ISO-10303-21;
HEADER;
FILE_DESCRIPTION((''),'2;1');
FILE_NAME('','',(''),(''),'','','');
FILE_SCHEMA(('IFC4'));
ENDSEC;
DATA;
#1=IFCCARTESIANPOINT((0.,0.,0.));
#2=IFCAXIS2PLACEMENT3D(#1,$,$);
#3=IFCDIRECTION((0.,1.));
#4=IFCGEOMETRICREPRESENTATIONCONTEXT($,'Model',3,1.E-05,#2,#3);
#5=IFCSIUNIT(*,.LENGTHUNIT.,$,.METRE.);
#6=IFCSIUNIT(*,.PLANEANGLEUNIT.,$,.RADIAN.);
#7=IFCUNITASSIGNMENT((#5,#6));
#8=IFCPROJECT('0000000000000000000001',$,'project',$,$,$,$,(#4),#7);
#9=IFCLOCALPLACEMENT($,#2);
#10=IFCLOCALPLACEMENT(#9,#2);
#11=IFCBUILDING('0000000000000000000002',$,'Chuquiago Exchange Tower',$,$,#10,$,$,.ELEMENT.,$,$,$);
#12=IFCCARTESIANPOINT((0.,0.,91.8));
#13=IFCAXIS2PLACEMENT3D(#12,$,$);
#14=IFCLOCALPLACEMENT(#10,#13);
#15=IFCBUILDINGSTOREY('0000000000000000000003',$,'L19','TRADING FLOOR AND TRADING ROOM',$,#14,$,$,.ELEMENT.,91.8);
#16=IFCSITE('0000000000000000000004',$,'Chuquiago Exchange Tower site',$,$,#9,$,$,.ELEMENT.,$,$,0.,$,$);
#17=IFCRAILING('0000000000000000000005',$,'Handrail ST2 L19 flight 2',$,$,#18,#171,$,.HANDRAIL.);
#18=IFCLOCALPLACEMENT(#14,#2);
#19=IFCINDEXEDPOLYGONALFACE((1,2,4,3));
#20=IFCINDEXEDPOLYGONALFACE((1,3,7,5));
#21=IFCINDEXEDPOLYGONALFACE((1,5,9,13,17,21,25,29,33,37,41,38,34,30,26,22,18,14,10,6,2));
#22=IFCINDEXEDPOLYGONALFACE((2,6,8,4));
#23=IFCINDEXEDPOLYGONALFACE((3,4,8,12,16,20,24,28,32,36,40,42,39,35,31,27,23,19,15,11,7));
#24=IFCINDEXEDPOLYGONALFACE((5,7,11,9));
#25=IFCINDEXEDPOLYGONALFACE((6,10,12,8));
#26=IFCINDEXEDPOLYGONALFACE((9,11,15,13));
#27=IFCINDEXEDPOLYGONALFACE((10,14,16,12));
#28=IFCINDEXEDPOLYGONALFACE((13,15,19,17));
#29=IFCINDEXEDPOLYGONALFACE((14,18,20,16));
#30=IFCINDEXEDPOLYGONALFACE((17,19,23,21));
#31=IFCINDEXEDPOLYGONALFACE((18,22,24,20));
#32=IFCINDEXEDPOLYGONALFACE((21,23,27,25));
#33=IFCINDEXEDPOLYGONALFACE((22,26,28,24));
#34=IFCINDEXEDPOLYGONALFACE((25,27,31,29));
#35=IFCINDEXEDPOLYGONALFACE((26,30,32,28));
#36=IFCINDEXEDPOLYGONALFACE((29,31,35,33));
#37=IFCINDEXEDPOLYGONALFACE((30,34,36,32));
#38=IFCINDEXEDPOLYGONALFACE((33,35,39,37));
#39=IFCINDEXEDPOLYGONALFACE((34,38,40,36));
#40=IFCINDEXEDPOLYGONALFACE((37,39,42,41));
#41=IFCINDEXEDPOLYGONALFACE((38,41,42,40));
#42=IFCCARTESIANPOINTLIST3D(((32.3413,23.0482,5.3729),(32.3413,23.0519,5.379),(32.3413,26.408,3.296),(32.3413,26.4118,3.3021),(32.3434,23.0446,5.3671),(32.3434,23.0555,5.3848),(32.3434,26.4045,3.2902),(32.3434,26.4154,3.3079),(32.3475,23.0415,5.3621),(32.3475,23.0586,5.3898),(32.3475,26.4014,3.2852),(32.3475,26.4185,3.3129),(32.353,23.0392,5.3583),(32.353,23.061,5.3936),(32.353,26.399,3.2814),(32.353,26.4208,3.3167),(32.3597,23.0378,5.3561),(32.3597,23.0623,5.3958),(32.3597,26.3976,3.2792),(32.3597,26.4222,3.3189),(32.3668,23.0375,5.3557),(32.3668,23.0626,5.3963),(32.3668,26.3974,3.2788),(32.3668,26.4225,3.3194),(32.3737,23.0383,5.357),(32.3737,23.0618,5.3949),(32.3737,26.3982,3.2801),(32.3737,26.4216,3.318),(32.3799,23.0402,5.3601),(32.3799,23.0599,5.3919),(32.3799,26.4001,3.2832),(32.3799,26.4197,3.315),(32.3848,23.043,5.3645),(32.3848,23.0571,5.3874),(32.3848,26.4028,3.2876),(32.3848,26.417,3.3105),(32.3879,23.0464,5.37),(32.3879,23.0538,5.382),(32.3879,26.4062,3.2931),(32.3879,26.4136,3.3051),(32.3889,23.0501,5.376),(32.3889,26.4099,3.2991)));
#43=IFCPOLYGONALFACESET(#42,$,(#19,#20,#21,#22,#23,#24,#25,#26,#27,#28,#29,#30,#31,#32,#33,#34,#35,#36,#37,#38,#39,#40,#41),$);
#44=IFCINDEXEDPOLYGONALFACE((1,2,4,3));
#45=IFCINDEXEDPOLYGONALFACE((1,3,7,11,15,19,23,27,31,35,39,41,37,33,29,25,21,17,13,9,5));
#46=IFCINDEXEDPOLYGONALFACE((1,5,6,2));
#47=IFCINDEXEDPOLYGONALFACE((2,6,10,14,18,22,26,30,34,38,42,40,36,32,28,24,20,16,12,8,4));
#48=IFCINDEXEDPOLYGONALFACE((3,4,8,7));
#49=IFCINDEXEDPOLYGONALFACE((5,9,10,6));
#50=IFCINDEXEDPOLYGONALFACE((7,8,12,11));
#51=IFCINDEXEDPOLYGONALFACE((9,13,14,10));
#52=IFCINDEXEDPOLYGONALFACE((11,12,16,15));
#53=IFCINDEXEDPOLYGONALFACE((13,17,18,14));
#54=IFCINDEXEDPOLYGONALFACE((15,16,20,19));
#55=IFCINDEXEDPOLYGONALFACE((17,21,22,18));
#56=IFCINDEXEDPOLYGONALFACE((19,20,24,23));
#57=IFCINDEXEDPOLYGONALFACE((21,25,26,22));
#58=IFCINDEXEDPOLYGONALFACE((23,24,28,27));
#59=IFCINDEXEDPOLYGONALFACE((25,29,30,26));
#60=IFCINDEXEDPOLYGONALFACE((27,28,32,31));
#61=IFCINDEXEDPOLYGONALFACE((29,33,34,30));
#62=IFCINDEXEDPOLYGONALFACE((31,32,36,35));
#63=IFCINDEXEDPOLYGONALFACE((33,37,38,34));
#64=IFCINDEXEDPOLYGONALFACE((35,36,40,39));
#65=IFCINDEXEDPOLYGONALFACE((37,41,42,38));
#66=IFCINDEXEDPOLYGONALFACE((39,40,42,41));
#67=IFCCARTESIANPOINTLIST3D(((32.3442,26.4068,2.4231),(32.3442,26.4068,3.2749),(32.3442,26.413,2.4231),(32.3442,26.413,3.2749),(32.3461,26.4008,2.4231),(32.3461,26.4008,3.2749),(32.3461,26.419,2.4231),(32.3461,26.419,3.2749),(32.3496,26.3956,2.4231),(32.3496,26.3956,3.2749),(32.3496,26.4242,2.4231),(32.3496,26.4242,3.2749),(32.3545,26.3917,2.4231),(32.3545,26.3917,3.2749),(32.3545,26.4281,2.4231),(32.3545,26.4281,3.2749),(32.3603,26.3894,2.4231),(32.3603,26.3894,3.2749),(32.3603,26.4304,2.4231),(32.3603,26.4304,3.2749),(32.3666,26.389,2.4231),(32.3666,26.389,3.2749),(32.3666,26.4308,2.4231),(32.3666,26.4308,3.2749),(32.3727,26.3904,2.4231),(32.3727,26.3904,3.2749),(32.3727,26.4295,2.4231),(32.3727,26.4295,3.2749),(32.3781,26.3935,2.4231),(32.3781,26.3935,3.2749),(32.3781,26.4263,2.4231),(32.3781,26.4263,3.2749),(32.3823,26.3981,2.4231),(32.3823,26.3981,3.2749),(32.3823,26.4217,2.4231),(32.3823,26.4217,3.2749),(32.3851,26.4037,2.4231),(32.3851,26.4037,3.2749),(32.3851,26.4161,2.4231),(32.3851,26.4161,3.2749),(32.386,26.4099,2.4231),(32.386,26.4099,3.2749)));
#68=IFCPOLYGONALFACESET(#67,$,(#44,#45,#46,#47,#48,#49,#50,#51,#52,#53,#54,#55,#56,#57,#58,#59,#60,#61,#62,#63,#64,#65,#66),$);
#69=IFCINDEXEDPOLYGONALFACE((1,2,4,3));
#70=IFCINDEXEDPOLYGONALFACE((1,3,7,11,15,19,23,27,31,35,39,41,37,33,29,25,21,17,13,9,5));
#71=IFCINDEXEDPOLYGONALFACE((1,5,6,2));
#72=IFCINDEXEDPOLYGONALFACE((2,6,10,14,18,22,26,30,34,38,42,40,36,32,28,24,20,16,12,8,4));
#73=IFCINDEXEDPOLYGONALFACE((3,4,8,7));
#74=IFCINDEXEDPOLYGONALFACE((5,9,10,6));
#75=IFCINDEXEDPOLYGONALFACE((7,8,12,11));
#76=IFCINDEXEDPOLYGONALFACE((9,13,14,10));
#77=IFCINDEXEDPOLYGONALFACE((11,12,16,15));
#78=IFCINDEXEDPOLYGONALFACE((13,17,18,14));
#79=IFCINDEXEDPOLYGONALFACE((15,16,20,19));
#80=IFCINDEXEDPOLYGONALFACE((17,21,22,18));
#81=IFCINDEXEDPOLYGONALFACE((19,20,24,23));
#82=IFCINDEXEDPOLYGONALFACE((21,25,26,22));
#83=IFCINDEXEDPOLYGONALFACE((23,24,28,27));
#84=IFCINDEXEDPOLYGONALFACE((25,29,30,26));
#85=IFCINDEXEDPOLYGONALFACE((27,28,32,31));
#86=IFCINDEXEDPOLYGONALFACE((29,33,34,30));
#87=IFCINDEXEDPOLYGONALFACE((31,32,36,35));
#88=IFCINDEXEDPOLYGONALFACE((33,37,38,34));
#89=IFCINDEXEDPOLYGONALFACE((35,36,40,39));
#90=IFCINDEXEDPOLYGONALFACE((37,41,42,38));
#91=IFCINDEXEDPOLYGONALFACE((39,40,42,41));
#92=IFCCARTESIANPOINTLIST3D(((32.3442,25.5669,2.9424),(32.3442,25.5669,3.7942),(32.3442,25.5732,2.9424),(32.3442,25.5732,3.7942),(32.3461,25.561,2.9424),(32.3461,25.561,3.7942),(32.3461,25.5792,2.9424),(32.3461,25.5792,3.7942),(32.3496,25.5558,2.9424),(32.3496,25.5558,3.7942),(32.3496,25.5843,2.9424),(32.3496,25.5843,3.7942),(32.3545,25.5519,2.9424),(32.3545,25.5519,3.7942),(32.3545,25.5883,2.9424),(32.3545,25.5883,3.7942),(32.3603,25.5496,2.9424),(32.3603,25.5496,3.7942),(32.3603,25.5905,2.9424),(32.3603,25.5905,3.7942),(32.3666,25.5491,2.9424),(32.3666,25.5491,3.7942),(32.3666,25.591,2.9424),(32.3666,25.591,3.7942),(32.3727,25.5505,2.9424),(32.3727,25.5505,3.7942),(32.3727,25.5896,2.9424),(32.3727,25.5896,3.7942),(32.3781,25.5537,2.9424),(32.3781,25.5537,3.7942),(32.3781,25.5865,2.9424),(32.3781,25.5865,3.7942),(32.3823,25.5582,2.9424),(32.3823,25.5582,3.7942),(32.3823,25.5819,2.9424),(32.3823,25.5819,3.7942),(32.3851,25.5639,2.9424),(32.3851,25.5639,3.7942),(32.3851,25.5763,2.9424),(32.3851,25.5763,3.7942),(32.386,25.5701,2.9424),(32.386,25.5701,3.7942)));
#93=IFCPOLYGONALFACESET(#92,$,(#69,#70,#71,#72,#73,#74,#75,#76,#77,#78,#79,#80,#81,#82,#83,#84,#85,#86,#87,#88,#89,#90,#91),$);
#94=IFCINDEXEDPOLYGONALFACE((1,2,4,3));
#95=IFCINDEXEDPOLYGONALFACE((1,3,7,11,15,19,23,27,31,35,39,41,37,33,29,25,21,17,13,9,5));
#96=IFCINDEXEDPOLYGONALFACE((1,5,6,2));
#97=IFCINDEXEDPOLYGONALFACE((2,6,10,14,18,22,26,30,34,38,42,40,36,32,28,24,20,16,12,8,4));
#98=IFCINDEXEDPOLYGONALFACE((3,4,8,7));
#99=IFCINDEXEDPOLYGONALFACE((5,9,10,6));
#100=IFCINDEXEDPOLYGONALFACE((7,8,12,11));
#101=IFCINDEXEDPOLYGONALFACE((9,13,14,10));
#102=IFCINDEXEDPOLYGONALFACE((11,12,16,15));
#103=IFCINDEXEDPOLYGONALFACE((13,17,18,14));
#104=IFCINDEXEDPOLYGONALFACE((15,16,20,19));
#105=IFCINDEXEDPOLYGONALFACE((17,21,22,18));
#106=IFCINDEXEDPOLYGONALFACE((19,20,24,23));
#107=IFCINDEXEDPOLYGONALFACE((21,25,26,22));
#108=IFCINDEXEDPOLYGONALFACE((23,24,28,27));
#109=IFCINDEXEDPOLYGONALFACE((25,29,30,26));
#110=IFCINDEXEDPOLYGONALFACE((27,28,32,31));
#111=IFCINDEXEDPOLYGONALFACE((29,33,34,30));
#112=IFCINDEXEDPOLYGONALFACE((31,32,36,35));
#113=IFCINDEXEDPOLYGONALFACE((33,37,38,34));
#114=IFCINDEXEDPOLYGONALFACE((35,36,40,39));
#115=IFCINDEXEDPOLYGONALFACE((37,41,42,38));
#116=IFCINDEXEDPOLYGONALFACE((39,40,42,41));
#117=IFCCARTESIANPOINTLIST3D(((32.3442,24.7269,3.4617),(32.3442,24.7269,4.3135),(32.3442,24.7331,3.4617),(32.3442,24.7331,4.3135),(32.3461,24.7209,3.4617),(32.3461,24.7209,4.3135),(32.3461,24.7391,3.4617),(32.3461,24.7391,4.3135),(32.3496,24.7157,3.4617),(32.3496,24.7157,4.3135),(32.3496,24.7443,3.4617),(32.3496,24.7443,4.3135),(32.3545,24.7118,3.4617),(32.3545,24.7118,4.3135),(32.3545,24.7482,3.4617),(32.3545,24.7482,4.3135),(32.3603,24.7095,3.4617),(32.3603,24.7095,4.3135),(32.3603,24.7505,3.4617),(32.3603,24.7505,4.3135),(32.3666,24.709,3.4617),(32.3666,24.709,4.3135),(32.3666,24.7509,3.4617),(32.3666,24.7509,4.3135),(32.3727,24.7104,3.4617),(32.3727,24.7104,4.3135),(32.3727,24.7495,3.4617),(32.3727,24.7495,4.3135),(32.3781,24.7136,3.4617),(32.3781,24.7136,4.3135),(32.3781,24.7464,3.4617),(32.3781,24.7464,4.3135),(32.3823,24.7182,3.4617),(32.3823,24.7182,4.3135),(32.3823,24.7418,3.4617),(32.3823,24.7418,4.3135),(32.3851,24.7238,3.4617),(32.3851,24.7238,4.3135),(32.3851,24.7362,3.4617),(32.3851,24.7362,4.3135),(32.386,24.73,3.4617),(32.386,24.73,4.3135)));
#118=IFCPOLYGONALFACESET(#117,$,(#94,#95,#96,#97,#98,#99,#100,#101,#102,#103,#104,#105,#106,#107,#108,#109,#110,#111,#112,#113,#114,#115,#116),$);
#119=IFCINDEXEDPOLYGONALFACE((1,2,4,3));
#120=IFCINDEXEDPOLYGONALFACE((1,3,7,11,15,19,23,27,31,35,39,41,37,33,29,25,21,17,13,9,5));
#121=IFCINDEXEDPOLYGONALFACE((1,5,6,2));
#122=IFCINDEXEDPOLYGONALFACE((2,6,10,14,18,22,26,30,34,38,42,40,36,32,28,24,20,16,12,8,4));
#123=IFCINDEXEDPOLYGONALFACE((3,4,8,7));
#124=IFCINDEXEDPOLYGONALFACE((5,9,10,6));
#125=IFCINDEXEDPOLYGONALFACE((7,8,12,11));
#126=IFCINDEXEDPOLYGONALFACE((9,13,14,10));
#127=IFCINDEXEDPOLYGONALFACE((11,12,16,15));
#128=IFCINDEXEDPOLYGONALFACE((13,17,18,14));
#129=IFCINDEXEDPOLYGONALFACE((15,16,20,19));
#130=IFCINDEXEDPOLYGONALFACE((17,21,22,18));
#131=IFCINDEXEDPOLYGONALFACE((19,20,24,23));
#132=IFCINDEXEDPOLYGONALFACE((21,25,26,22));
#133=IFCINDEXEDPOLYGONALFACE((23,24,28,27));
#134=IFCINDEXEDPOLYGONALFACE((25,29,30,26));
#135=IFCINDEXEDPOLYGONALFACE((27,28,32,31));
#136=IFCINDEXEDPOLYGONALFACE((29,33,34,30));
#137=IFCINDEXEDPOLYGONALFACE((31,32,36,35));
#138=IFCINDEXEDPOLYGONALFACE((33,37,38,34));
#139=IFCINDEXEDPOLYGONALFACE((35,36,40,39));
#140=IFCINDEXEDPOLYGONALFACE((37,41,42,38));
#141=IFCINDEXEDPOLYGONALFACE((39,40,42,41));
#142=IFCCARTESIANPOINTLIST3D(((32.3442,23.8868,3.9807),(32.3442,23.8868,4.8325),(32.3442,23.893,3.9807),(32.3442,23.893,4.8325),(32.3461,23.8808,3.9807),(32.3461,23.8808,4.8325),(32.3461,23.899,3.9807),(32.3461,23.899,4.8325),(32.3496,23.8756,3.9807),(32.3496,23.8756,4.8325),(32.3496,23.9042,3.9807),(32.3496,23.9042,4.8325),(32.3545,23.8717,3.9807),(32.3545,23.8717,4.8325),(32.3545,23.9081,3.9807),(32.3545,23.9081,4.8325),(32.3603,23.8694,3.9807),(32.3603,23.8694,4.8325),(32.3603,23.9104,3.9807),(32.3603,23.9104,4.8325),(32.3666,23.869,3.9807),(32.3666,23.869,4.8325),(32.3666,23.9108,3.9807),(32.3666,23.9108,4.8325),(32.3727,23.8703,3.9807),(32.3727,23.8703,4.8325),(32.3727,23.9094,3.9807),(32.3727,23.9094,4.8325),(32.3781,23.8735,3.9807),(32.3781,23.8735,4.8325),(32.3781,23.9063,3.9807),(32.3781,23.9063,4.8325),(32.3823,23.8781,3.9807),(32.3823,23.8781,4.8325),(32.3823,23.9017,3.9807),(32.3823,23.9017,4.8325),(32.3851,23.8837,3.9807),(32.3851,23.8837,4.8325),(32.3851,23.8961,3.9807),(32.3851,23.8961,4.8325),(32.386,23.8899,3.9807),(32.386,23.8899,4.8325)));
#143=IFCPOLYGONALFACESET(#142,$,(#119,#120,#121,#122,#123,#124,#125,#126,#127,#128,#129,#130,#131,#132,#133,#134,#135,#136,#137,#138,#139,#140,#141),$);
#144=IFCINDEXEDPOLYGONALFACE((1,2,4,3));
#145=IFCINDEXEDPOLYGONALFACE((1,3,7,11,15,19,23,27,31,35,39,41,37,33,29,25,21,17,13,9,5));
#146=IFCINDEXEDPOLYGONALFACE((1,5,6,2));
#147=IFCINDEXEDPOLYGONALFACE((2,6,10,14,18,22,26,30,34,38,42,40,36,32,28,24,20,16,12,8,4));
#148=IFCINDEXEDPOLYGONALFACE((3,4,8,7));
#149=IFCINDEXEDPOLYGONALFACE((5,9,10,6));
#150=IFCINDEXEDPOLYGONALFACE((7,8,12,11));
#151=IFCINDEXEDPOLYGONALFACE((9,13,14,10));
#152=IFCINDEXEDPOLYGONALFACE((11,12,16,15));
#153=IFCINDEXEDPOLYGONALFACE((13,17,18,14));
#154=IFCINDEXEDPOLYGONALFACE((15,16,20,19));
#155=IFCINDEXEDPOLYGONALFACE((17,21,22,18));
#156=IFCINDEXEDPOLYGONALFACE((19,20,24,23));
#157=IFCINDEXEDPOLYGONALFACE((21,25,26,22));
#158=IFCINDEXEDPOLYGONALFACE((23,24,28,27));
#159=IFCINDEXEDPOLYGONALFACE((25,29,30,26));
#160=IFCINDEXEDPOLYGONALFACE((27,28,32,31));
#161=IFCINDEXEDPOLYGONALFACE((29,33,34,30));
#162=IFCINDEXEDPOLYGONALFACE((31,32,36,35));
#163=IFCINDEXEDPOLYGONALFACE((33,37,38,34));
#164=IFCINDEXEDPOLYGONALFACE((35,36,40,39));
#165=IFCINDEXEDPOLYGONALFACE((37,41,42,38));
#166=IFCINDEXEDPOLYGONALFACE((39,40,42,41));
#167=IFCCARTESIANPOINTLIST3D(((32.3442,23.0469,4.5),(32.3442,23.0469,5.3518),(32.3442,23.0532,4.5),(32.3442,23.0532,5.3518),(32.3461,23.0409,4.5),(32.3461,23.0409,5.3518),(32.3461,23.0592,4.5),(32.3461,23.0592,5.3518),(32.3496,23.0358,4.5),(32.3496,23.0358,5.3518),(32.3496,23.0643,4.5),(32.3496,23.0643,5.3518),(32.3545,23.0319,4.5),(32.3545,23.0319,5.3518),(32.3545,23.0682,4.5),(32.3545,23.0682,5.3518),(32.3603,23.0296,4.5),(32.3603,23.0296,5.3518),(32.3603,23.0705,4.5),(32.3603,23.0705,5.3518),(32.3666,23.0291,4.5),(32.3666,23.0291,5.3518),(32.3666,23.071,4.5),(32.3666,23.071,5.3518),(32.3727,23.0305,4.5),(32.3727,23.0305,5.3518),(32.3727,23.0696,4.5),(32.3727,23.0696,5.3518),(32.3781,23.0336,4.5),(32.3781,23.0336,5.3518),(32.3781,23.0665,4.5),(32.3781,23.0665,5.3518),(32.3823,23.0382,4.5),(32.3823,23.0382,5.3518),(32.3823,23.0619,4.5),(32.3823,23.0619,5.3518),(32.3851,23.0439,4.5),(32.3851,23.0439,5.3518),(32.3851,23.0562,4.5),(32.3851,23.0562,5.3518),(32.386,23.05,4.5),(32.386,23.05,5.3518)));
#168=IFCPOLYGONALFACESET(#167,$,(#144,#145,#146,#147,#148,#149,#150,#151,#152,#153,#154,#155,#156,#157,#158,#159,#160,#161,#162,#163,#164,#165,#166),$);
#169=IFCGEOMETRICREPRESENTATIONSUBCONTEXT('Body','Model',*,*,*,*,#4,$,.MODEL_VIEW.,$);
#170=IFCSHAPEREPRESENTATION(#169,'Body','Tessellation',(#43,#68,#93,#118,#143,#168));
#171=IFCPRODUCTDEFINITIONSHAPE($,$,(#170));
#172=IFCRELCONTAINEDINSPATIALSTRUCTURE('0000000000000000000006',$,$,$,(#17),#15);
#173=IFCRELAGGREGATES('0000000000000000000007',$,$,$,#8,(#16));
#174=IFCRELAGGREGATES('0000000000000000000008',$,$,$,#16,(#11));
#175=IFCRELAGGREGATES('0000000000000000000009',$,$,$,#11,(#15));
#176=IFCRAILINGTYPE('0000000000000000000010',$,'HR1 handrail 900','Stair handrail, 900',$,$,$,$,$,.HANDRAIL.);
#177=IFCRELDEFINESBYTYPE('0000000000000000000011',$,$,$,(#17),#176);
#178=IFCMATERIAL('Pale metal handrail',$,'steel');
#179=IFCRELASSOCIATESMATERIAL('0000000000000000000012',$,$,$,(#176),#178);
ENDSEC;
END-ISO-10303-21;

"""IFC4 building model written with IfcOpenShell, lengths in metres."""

from ifc_helpers import new_model, si_unit, direction, frame, origin, origin_2d, place, context, subcontext, project, spatial, circle, extrude, material, type_object, element, save


model = new_model("IFC4")

# Units and contexts
model_context = context("Model", 3, precision=1e-05, world=origin(), true_north=direction((0.0, 1.0)))
body_context = subcontext(model_context, "Body", "Model", "MODEL_VIEW")
ifc_project = project(units=[si_unit("LENGTHUNIT", "METRE"), si_unit("PLANEANGLEUNIT", "RADIAN")], contexts=[model_context])

# Site, building, storey
site_placement = place(None, origin())
site = spatial("IfcSite", under=ifc_project, at=site_placement, Name="Chuquiago Exchange Tower site", CompositionType="ELEMENT", RefElevation=0.0)
building_placement = place(site_placement, origin())
building = spatial("IfcBuilding", under=site, at=building_placement, Name="Chuquiago Exchange Tower", CompositionType="ELEMENT")
storey_placement = place(building_placement, frame((0.0, 0.0, 91.8)))
storey = spatial("IfcBuildingStorey", under=building, at=storey_placement, Name="L19", Description="TRADING FLOOR AND TRADING ROOM", CompositionType="ELEMENT", Elevation=91.8)

# Railing
ifc_material_1 = material(Name="Pale metal handrail", Category="steel")
railing_type_1 = type_object("IfcRailingType", Name="HR1 handrail 900", Description="Stair handrail, 900", PredefinedType="HANDRAIL", material=ifc_material_1)
for number, where, name in (
    (1, (32.365, 26.4099, 2.4231), "Handrail ST2 L19 flight 2"),
):
    element("IfcRailing", number, at=place(storey_placement, frame(where)), inside=storey, type_object=railing_type_1, Name=name, PredefinedType="HANDRAIL", context=body_context, shape_type="SweptSolid", body=[
        extrude(circle(Radius=0.0239, at=origin_2d()), frame((0.0, 0.0, 0.876), z_axis=(0.0, -0.850606, 0.525803), x_axis=(1.0, 0.0, 0.0)), (0.0, 0.0, 1.0), 3.95),
        extrude(circle(Radius=0.021, at=origin_2d()), origin(), (0.0, 0.0, 1.0), 0.8518),
        extrude(circle(Radius=0.021, at=origin_2d()), frame((0.0, -0.8398, 0.5193)), (0.0, 0.0, 1.0), 0.8518),
        extrude(circle(Radius=0.021, at=origin_2d()), frame((0.0, -1.6799, 1.0386)), (0.0, 0.0, 1.0), 0.8518),
        extrude(circle(Radius=0.021, at=origin_2d()), frame((0.0, -2.52, 1.5576)), (0.0, 0.0, 1.0), 0.8518),
        extrude(circle(Radius=0.021, at=origin_2d()), frame((0.0, -3.3599, 2.0769)), (0.0, 0.0, 1.0), 0.8518),
    ])

save(model, "model.ifc")
